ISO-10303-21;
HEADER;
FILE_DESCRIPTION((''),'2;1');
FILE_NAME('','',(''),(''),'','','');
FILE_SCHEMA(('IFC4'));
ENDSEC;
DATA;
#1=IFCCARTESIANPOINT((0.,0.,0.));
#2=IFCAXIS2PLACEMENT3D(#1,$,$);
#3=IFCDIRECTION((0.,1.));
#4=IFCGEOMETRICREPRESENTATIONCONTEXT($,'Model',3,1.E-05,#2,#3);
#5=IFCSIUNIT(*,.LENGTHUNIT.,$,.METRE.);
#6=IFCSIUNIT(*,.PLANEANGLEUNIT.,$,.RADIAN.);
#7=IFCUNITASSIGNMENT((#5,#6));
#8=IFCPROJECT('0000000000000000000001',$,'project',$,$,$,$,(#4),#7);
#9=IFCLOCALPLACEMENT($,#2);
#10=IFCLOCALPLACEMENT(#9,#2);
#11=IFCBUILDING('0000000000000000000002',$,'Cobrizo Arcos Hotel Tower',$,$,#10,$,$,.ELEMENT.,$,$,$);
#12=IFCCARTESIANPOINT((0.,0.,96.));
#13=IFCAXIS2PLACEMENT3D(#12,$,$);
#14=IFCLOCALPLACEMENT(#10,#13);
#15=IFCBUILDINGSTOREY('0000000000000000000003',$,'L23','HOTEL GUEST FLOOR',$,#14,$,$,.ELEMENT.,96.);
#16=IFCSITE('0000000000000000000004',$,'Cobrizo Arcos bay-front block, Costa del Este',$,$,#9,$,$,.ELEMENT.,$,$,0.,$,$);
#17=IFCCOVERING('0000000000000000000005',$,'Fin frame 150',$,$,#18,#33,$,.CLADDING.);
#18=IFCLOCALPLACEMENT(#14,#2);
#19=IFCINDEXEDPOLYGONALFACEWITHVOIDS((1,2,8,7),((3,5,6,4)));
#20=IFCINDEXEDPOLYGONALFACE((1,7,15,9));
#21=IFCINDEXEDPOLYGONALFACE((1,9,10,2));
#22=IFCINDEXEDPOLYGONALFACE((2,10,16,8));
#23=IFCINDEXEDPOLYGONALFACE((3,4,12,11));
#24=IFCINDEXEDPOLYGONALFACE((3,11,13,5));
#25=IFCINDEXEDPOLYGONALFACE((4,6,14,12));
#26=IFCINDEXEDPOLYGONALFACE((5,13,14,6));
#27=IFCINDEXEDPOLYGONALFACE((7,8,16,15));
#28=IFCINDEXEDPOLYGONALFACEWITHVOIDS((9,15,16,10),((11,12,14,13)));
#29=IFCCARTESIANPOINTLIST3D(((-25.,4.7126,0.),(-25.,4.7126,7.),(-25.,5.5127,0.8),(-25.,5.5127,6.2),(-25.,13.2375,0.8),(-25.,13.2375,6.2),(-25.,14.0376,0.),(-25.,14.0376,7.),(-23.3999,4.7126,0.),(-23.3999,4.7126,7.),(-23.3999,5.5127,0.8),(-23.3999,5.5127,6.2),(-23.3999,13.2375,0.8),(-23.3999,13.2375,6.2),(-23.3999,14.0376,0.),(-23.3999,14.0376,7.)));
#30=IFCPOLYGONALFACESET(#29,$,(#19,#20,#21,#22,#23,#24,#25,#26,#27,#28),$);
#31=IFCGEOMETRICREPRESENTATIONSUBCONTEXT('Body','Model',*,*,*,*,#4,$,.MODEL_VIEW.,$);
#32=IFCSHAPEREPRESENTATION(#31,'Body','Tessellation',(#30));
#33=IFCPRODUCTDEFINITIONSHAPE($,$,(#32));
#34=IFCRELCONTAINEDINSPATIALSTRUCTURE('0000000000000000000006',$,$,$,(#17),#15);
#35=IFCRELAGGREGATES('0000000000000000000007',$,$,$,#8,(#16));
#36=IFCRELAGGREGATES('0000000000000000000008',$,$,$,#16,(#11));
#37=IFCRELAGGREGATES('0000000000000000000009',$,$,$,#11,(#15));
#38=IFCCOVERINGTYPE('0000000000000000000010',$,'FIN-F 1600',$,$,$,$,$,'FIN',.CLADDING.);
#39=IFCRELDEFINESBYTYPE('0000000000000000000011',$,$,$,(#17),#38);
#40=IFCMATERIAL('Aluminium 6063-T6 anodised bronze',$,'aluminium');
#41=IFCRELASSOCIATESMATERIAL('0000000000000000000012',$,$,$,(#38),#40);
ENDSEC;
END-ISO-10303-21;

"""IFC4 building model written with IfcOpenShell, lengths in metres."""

from ifc_helpers import new_model, si_unit, direction, frame, origin, place, context, subcontext, project, spatial, polyline, outline, extrude, material, type_object, element, save


model = new_model("IFC4")

# Units and contexts
model_context = context("Model", 3, precision=1e-05, world=origin(), true_north=direction((0.0, 1.0)))
body_context = subcontext(model_context, "Body", "Model", "MODEL_VIEW")
ifc_project = project(units=[si_unit("LENGTHUNIT", "METRE"), si_unit("PLANEANGLEUNIT", "RADIAN")], contexts=[model_context])

# Site, building, storey
site_placement = place(None, origin())
site = spatial("IfcSite", under=ifc_project, at=site_placement, Name="Cobrizo Arcos bay-front block, Costa del Este", CompositionType="ELEMENT", RefElevation=0.0)
building_placement = place(site_placement, origin())
building = spatial("IfcBuilding", under=site, at=building_placement, Name="Cobrizo Arcos Hotel Tower", CompositionType="ELEMENT")
storey_placement = place(building_placement, frame((0.0, 0.0, 96.0)))
storey = spatial("IfcBuildingStorey", under=building, at=storey_placement, Name="L23", Description="HOTEL GUEST FLOOR", CompositionType="ELEMENT", Elevation=96.0)

# Shared definitions
ifc_material_1 = material(Name="Aluminium 6063-T6 anodised bronze", Category="aluminium")

# Covering
covering_type_1 = type_object("IfcCoveringType", Name="FIN-F 1600", ElementType="FIN", PredefinedType="CLADDING", material=ifc_material_1)
covering_1_placement = place(storey_placement, frame((-23.3999, 14.0376, 0.0), z_axis=(-1.0, 0.0, 0.0), x_axis=(0.0, -1.0, 0.0)))
element("IfcCovering", 1, at=covering_1_placement, inside=storey, type_object=covering_type_1, Name="Fin frame 150", PredefinedType="CLADDING", context=body_context, shape_type="SweptSolid", body=[
    extrude(outline(polyline([(0.0, 7.0), (0.0, 0.0), (9.325, 0.0), (9.325, 7.0), (0.0, 7.0)]), holes=[polyline([(8.5249, 0.8), (0.8, 0.8), (0.8, 6.2), (8.5249, 6.2), (8.5249, 0.8)])]), origin(), (0.0, 0.0, 1.0), 1.6001),
])

save(model, "model.ifc")
